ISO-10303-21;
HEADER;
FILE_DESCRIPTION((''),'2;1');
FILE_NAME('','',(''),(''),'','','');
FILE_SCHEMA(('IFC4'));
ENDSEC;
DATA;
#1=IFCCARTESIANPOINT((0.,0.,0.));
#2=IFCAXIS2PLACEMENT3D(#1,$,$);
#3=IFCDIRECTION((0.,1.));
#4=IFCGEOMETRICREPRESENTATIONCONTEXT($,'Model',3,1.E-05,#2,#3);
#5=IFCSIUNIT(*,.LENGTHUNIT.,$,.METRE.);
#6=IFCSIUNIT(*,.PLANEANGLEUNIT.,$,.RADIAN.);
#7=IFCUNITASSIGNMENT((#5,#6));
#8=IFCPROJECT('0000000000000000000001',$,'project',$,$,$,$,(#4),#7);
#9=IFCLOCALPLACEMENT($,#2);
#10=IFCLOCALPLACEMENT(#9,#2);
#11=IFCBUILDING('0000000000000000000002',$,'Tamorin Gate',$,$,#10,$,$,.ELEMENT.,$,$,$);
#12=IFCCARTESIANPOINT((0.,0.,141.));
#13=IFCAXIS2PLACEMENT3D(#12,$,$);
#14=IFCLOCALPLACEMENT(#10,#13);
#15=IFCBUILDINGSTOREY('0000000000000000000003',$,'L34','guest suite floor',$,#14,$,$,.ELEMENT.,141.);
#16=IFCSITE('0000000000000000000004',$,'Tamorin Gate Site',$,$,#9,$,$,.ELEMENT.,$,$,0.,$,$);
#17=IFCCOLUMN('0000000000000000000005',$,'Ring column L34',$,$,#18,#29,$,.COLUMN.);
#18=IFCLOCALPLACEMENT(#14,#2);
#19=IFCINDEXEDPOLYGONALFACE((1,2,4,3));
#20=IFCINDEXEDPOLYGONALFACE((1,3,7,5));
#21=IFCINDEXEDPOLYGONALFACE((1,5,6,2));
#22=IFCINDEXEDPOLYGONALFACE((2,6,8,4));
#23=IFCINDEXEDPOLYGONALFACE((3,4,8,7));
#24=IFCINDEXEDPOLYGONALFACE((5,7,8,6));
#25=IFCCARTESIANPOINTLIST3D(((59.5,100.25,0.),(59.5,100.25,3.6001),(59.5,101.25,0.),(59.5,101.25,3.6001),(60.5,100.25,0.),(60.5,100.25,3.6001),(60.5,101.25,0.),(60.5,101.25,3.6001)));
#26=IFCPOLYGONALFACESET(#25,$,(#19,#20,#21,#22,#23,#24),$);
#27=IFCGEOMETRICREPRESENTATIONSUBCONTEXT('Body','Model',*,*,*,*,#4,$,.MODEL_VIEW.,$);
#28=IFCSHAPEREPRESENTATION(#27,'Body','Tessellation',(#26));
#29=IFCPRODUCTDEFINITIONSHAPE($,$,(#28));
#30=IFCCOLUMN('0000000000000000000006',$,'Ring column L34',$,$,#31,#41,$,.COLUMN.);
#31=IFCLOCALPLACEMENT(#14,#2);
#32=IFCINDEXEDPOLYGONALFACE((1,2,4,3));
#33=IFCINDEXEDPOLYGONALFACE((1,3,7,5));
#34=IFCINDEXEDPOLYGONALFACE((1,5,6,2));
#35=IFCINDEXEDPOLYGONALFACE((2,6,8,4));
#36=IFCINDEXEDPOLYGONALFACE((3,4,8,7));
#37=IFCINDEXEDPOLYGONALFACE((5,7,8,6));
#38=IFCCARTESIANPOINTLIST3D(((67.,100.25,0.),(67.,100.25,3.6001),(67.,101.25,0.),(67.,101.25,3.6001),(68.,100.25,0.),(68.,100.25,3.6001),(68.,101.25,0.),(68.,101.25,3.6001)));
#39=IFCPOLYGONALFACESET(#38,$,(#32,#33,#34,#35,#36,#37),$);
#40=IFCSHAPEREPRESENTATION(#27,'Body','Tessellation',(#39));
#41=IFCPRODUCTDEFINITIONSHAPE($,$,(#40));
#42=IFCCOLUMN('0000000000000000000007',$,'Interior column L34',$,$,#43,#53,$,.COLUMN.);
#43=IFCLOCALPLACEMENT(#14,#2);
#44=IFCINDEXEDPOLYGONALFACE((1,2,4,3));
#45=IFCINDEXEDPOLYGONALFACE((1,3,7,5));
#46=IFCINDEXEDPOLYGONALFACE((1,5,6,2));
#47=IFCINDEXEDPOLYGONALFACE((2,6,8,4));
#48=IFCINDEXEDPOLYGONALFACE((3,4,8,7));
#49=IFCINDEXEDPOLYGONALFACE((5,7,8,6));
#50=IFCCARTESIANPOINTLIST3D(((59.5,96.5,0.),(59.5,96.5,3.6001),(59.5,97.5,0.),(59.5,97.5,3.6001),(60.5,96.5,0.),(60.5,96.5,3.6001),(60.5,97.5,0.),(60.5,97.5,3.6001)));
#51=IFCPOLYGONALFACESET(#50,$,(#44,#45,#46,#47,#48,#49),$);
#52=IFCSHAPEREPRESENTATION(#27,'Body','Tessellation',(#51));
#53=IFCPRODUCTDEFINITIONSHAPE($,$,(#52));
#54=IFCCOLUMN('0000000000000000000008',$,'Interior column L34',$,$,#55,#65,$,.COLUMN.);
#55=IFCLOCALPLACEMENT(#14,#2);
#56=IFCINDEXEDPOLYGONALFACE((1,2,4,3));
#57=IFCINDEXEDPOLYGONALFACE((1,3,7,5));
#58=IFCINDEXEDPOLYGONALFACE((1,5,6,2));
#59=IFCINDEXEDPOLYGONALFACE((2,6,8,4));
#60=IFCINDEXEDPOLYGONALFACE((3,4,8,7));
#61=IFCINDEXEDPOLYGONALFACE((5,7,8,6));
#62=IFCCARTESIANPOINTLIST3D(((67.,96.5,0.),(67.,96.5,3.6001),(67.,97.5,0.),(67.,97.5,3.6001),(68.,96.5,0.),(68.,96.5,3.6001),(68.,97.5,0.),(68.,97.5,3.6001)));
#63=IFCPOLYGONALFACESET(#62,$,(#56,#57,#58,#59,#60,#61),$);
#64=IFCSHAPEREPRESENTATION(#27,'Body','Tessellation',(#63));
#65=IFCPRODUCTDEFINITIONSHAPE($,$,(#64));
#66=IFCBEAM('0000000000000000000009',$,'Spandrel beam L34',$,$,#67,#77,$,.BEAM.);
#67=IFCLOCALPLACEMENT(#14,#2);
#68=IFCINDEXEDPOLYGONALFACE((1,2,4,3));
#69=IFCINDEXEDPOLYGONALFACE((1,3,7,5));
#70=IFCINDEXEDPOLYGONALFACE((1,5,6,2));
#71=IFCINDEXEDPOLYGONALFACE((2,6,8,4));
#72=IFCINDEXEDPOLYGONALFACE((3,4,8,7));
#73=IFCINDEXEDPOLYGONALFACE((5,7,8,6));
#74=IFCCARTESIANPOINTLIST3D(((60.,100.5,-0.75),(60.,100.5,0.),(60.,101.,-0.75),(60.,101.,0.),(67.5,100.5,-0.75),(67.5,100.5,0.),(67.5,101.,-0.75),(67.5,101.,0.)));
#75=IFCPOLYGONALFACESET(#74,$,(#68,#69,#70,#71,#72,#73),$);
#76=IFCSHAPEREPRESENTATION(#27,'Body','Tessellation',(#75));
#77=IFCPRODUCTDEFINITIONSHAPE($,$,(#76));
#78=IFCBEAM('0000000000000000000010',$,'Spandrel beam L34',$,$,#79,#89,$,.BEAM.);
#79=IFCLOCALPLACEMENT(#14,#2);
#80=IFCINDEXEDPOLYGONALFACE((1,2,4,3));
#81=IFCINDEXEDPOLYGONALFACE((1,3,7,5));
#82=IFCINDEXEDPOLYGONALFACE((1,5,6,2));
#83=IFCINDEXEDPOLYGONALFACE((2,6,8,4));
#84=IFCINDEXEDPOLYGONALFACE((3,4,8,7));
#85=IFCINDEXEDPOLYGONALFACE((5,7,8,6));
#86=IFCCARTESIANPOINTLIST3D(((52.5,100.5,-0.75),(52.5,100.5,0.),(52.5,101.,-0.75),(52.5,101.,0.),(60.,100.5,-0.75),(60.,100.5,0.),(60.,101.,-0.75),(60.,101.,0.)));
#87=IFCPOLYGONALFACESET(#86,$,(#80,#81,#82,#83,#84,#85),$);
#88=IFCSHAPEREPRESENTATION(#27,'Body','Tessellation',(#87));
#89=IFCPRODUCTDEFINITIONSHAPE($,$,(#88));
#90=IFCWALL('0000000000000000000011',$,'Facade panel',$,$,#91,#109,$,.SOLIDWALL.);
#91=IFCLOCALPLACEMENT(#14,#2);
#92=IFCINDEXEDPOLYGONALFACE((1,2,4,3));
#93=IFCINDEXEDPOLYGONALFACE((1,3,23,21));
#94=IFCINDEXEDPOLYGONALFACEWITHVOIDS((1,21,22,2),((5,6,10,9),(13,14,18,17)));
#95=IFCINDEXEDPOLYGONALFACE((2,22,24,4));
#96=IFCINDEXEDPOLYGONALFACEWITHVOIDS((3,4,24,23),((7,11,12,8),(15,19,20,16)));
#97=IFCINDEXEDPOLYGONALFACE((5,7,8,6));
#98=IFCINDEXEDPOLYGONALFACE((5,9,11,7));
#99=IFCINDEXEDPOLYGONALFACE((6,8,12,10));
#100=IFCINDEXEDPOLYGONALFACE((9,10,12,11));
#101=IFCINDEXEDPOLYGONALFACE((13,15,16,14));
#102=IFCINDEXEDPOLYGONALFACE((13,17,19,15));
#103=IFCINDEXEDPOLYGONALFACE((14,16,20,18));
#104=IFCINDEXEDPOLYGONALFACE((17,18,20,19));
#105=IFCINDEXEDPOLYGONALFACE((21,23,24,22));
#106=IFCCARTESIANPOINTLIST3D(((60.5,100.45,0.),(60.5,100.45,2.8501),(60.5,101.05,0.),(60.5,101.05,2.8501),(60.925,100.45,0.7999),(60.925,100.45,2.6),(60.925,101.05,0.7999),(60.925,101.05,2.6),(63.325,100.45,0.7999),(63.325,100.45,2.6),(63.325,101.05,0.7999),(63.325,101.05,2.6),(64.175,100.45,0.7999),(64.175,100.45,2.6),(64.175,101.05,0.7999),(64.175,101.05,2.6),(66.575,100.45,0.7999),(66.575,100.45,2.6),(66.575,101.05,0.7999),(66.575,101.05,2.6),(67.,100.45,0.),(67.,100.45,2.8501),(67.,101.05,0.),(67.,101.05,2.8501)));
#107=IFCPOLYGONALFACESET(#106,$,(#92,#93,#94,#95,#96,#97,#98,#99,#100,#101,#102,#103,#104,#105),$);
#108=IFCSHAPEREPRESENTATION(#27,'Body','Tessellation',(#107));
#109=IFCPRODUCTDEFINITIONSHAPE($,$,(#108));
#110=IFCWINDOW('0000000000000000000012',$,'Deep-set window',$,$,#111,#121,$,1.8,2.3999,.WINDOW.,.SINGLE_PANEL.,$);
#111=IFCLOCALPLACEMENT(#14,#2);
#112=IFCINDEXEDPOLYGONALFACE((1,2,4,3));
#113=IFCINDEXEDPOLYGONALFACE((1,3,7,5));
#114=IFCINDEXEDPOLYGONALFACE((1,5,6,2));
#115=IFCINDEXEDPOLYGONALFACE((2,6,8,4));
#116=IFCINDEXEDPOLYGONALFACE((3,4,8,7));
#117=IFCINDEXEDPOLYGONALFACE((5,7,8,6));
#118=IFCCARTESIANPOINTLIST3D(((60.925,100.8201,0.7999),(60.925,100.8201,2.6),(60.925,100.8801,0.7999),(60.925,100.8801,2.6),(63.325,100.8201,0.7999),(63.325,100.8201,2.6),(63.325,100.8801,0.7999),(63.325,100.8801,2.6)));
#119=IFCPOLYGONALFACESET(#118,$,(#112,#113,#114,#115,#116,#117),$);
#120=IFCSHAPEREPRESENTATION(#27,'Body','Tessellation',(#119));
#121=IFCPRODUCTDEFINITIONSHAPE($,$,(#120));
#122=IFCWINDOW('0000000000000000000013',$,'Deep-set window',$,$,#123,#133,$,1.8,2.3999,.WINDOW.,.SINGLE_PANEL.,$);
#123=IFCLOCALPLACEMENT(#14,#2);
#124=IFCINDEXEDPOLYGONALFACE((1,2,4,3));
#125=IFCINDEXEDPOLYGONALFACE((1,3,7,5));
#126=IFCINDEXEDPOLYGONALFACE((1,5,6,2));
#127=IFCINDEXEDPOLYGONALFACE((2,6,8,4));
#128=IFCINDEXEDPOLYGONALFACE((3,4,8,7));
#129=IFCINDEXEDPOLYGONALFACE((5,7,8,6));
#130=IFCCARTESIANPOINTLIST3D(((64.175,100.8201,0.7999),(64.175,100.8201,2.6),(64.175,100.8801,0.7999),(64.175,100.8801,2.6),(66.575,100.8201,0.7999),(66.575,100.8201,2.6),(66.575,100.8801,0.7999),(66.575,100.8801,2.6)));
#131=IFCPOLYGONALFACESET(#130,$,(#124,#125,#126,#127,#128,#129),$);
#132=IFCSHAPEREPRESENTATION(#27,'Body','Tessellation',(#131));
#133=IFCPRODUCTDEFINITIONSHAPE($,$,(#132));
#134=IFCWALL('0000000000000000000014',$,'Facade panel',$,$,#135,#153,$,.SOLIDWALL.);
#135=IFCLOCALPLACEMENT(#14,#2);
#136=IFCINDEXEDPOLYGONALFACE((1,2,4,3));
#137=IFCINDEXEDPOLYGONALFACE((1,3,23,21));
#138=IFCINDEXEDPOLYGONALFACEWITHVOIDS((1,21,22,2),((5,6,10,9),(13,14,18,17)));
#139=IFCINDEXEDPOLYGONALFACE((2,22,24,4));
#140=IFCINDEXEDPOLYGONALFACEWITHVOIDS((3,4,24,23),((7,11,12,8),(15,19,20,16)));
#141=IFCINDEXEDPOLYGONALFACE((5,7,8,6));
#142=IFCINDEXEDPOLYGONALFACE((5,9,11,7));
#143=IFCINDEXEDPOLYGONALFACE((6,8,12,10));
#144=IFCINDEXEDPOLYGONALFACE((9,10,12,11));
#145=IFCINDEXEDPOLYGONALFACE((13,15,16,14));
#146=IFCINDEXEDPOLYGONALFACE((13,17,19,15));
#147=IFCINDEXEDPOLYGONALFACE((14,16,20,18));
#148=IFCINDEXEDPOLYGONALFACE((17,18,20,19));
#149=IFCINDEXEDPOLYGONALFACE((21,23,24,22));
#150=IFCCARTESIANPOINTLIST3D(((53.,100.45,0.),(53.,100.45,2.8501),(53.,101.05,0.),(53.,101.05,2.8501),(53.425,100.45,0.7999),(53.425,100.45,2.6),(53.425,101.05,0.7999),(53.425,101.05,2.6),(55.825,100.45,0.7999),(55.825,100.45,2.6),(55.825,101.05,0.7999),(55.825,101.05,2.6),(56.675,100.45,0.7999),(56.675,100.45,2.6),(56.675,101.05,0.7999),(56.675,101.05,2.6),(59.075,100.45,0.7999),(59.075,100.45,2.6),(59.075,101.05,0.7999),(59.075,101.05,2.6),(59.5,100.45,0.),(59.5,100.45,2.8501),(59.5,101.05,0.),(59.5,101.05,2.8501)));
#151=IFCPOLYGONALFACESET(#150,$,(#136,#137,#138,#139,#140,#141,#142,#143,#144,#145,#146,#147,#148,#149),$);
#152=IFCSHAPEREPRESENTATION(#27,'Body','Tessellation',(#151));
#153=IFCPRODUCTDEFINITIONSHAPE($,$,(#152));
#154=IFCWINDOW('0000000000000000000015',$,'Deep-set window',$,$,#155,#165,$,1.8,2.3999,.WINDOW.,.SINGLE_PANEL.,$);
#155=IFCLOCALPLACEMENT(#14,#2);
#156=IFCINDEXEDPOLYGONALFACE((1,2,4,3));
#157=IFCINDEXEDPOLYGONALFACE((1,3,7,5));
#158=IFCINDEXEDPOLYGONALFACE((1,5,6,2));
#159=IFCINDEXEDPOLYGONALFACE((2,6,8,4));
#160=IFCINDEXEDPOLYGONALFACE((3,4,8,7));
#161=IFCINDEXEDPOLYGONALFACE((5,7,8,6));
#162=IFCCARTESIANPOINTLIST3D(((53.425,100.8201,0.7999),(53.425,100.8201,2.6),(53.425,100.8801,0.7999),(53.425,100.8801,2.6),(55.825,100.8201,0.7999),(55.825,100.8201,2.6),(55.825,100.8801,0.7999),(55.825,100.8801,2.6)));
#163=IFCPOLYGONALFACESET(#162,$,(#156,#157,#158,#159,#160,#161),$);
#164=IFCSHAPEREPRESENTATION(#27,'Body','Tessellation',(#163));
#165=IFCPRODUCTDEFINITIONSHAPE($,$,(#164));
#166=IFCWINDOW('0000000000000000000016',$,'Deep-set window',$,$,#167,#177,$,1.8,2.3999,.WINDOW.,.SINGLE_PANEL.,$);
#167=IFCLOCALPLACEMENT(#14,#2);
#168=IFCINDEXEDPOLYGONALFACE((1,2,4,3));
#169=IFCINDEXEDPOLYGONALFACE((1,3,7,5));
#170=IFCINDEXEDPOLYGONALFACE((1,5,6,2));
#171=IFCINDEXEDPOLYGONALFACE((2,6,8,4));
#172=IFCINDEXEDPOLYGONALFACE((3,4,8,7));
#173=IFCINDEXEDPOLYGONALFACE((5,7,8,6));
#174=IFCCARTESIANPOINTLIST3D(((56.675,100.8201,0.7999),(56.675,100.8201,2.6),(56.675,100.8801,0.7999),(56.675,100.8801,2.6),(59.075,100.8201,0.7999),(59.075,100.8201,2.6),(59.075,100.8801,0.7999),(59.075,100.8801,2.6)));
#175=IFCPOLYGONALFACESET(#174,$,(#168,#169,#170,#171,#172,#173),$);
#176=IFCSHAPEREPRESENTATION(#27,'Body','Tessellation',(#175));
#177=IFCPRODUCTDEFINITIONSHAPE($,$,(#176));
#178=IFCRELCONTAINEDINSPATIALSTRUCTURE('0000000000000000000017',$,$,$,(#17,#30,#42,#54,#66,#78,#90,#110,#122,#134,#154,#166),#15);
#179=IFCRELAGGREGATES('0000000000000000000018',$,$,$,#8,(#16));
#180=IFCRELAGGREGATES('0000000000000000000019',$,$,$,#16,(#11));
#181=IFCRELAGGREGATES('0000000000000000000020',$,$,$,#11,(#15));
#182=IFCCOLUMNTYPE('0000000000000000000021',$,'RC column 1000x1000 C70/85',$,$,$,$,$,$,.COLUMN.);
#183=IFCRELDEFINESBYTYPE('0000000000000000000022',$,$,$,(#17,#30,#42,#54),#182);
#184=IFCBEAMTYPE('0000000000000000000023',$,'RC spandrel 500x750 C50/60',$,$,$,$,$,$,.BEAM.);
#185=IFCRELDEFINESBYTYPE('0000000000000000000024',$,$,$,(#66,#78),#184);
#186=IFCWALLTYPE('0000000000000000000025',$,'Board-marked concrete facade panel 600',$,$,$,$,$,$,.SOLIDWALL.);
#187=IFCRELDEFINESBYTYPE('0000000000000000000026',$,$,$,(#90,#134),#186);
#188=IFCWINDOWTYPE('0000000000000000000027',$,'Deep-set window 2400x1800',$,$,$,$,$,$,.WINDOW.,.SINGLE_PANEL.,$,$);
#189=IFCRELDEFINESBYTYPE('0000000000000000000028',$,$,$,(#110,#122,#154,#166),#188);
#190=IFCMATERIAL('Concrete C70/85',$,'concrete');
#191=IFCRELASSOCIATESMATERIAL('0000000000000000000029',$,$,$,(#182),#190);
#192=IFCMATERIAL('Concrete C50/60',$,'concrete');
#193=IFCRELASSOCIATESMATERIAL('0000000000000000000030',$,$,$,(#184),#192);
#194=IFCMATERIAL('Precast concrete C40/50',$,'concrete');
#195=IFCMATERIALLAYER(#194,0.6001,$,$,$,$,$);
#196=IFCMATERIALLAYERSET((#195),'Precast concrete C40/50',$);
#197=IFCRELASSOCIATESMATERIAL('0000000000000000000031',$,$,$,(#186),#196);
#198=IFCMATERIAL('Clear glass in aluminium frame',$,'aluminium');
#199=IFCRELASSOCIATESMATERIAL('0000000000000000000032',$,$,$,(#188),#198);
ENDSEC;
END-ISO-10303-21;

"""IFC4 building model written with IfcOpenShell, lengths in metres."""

from ifc_helpers import new_model, si_unit, direction, frame, frame_2d, origin, origin_2d, place, context, subcontext, project, spatial, rectangle, extrude, material, layer, layer_set, material_profile, profile_set, type_object, element, fill, save


model = new_model("IFC4")

# Units and contexts
model_context = context("Model", 3, precision=1e-05, world=origin(), true_north=direction((0.0, 1.0)))
body_context = subcontext(model_context, "Body", "Model", "MODEL_VIEW")
ifc_project = project(units=[si_unit("LENGTHUNIT", "METRE"), si_unit("PLANEANGLEUNIT", "RADIAN")], contexts=[model_context])

# Site, building, storey
site_placement = place(None, origin())
site = spatial("IfcSite", under=ifc_project, at=site_placement, Name="Tamorin Gate Site", CompositionType="ELEMENT", RefElevation=0.0)
building_placement = place(site_placement, origin())
building = spatial("IfcBuilding", under=site, at=building_placement, Name="Tamorin Gate", CompositionType="ELEMENT")
storey_placement = place(building_placement, frame((0.0, 0.0, 141.0)))
storey = spatial("IfcBuildingStorey", under=building, at=storey_placement, Name="L34", Description="guest suite floor", CompositionType="ELEMENT", Elevation=141.0)

# Columns
ifc_material_1 = material(Name="Concrete C70/85", Category="concrete")
ifc_material_profile_1 = material_profile(ifc_material_1, rectangle(XDim=1.0, YDim=1.0, at=origin_2d()), Name="RC 1000x1000")
ifc_profile_set_1 = profile_set([ifc_material_profile_1], Name="Concrete C70/85")
column_type = type_object("IfcColumnType", Name="RC column 1000x1000 C70/85", PredefinedType="COLUMN", material=ifc_profile_set_1)
for number, where, z_axis, x_axis, name in (
    (1, (60.0, 100.75, 0.0), (0.0, 0.0, 1.0), (1.0, 0.0, 0.0), "Ring column L34"),
    (2, (67.5, 100.75, 0.0), (0.0, 0.0, 1.0), (1.0, 0.0, 0.0), "Ring column L34"),
    (3, (60.0, 97.0, 0.0), (0.0, 0.0, 1.0), (1.0, 0.0, 0.0), "Interior column L34"),
    (4, (67.5, 97.0, 0.0), (0.0, 0.0, 1.0), (1.0, 0.0, 0.0), "Interior column L34"),
):
    element("IfcColumn", number, at=place(storey_placement, frame(where, z_axis=z_axis, x_axis=x_axis)), inside=storey, type_object=column_type, Name=name, PredefinedType="COLUMN", context=body_context, shape_type="SweptSolid", body=[
        extrude(rectangle(XDim=1.0, YDim=1.0, at=origin_2d()), origin(), (0.0, 0.0, 1.0), 3.6001),
    ])

# Beams
ifc_material_2 = material(Name="Concrete C50/60", Category="concrete")
ifc_material_profile_2 = material_profile(ifc_material_2, rectangle(XDim=0.5, YDim=0.75, at=origin_2d()), Name="RC 500x750")
ifc_profile_set_2 = profile_set([ifc_material_profile_2], Name="Concrete C50/60")
beam_type = type_object("IfcBeamType", Name="RC spandrel 500x750 C50/60", PredefinedType="BEAM", material=ifc_profile_set_2)
for number, where, z_axis, x_axis, name in (
    (5, (67.5, 100.75, -0.375), (-1.0, 0.0, 0.0), (0.0, -1.0, 0.0), "Spandrel beam L34"),
    (6, (60.0, 100.75, -0.375), (-1.0, 0.0, 0.0), (0.0, -1.0, 0.0), "Spandrel beam L34"),
):
    element("IfcBeam", number, at=place(storey_placement, frame(where, z_axis=z_axis, x_axis=x_axis)), inside=storey, type_object=beam_type, Name=name, PredefinedType="BEAM", context=body_context, shape_type="SweptSolid", body=[
        extrude(rectangle(XDim=0.5, YDim=0.75, at=origin_2d()), origin(), (0.0, 0.0, 1.0), 7.5),
    ])

# Walls, openings, windows
ifc_material_3 = material(Name="Precast concrete C40/50", Category="concrete")
ifc_layer_1 = layer(ifc_material_3, 0.6001)
ifc_layer_set_1 = layer_set([ifc_layer_1], Name="Precast concrete C40/50")
wall_type_1 = type_object("IfcWallType", Name="Board-marked concrete facade panel 600", PredefinedType="SOLIDWALL", material=ifc_layer_set_1)
wall_1_placement = place(storey_placement, frame((67.0, 100.75, 0.0), z_axis=(0.0, 0.0, 1.0), x_axis=(-1.0, 0.0, 0.0)))
wall_1 = element("IfcWall", 7, at=wall_1_placement, inside=storey, type_object=wall_type_1, Name="Facade panel", PredefinedType="SOLIDWALL", context=body_context, shape_type="SweptSolid", body=[
    extrude(rectangle(XDim=6.5, YDim=0.6001, at=frame_2d((3.25, 0.0))), origin(), (0.0, 0.0, 1.0), 2.8501),
])
opening_1_placement = place(wall_1_placement, frame((3.675, 0.0, 0.8)))
opening_1 = element("IfcOpeningElement", 8, at=opening_1_placement, cuts=wall_1, PredefinedType="OPENING", context=body_context, shape_type="SweptSolid", body=[
    extrude(rectangle(XDim=2.3999, YDim=1.8, at=frame_2d((1.2, 0.8999))), frame((0.0, 0.3101, 0.0), z_axis=(0.0, -1.0, 0.0), x_axis=(1.0, 0.0, 0.0)), (0.0, 0.0, 1.0), 0.6201),
])
opening_2_placement = place(wall_1_placement, frame((0.425, 0.0, 0.8)))
opening_2 = element("IfcOpeningElement", 9, at=opening_2_placement, cuts=wall_1, PredefinedType="OPENING", context=body_context, shape_type="SweptSolid", body=[
    extrude(rectangle(XDim=2.3999, YDim=1.8, at=frame_2d((1.2, 0.8999))), frame((0.0, 0.3101, 0.0), z_axis=(0.0, -1.0, 0.0), x_axis=(1.0, 0.0, 0.0)), (0.0, 0.0, 1.0), 0.6201),
])
ifc_material_4 = material(Name="Clear glass in aluminium frame", Category="aluminium")
window_type = type_object("IfcWindowType", Name="Deep-set window 2400x1800", PartitioningType="SINGLE_PANEL", PredefinedType="WINDOW", material=ifc_material_4)
window_1_placement = place(opening_1_placement, origin())
window_1 = element("IfcWindow", 10, at=window_1_placement, inside=storey, type_object=window_type, Name="Deep-set window", OverallHeight=1.8, OverallWidth=2.3999, PartitioningType="SINGLE_PANEL", PredefinedType="WINDOW", context=body_context, shape_type="SweptSolid", body=[
    extrude(rectangle(XDim=2.3999, YDim=1.8, at=frame_2d((1.2, 0.8999))), frame((0.0, -0.0701, 0.0), z_axis=(0.0, -1.0, 0.0), x_axis=(1.0, 0.0, 0.0)), (0.0, 0.0, 1.0), 0.0601),
])
fill(opening_1, window_1)
window_2_placement = place(opening_2_placement, origin())
window_2 = element("IfcWindow", 11, at=window_2_placement, inside=storey, type_object=window_type, Name="Deep-set window", OverallHeight=1.8, OverallWidth=2.3999, PartitioningType="SINGLE_PANEL", PredefinedType="WINDOW", context=body_context, shape_type="SweptSolid", body=[
    extrude(rectangle(XDim=2.3999, YDim=1.8, at=frame_2d((1.2, 0.8999))), frame((0.0, -0.0701, 0.0), z_axis=(0.0, -1.0, 0.0), x_axis=(1.0, 0.0, 0.0)), (0.0, 0.0, 1.0), 0.0601),
])
fill(opening_2, window_2)
wall_2_placement = place(storey_placement, frame((59.5, 100.75, 0.0), z_axis=(0.0, 0.0, 1.0), x_axis=(-1.0, 0.0, 0.0)))
wall_2 = element("IfcWall", 12, at=wall_2_placement, inside=storey, type_object=wall_type_1, Name="Facade panel", PredefinedType="SOLIDWALL", context=body_context, shape_type="SweptSolid", body=[
    extrude(rectangle(XDim=6.5, YDim=0.6001, at=frame_2d((3.25, 0.0))), origin(), (0.0, 0.0, 1.0), 2.8501),
])
opening_3_placement = place(wall_2_placement, frame((3.675, 0.0, 0.8)))
opening_3 = element("IfcOpeningElement", 13, at=opening_3_placement, cuts=wall_2, PredefinedType="OPENING", context=body_context, shape_type="SweptSolid", body=[
    extrude(rectangle(XDim=2.3999, YDim=1.8, at=frame_2d((1.2, 0.8999))), frame((0.0, 0.3101, 0.0), z_axis=(0.0, -1.0, 0.0), x_axis=(1.0, 0.0, 0.0)), (0.0, 0.0, 1.0), 0.6201),
])
opening_4_placement = place(wall_2_placement, frame((0.425, 0.0, 0.8)))
opening_4 = element("IfcOpeningElement", 14, at=opening_4_placement, cuts=wall_2, PredefinedType="OPENING", context=body_context, shape_type="SweptSolid", body=[
    extrude(rectangle(XDim=2.3999, YDim=1.8, at=frame_2d((1.2, 0.8999))), frame((0.0, 0.3101, 0.0), z_axis=(0.0, -1.0, 0.0), x_axis=(1.0, 0.0, 0.0)), (0.0, 0.0, 1.0), 0.6201),
])
window_3_placement = place(opening_3_placement, origin())
window_3 = element("IfcWindow", 15, at=window_3_placement, inside=storey, type_object=window_type, Name="Deep-set window", OverallHeight=1.8, OverallWidth=2.3999, PartitioningType="SINGLE_PANEL", PredefinedType="WINDOW", context=body_context, shape_type="SweptSolid", body=[
    extrude(rectangle(XDim=2.3999, YDim=1.8, at=frame_2d((1.2, 0.8999))), frame((0.0, -0.0701, 0.0), z_axis=(0.0, -1.0, 0.0), x_axis=(1.0, 0.0, 0.0)), (0.0, 0.0, 1.0), 0.0601),
])
fill(opening_3, window_3)
window_4_placement = place(opening_4_placement, origin())
window_4 = element("IfcWindow", 16, at=window_4_placement, inside=storey, type_object=window_type, Name="Deep-set window", OverallHeight=1.8, OverallWidth=2.3999, PartitioningType="SINGLE_PANEL", PredefinedType="WINDOW", context=body_context, shape_type="SweptSolid", body=[
    extrude(rectangle(XDim=2.3999, YDim=1.8, at=frame_2d((1.2, 0.8999))), frame((0.0, -0.0701, 0.0), z_axis=(0.0, -1.0, 0.0), x_axis=(1.0, 0.0, 0.0)), (0.0, 0.0, 1.0), 0.0601),
])
fill(opening_4, window_4)

save(model, "model.ifc")
